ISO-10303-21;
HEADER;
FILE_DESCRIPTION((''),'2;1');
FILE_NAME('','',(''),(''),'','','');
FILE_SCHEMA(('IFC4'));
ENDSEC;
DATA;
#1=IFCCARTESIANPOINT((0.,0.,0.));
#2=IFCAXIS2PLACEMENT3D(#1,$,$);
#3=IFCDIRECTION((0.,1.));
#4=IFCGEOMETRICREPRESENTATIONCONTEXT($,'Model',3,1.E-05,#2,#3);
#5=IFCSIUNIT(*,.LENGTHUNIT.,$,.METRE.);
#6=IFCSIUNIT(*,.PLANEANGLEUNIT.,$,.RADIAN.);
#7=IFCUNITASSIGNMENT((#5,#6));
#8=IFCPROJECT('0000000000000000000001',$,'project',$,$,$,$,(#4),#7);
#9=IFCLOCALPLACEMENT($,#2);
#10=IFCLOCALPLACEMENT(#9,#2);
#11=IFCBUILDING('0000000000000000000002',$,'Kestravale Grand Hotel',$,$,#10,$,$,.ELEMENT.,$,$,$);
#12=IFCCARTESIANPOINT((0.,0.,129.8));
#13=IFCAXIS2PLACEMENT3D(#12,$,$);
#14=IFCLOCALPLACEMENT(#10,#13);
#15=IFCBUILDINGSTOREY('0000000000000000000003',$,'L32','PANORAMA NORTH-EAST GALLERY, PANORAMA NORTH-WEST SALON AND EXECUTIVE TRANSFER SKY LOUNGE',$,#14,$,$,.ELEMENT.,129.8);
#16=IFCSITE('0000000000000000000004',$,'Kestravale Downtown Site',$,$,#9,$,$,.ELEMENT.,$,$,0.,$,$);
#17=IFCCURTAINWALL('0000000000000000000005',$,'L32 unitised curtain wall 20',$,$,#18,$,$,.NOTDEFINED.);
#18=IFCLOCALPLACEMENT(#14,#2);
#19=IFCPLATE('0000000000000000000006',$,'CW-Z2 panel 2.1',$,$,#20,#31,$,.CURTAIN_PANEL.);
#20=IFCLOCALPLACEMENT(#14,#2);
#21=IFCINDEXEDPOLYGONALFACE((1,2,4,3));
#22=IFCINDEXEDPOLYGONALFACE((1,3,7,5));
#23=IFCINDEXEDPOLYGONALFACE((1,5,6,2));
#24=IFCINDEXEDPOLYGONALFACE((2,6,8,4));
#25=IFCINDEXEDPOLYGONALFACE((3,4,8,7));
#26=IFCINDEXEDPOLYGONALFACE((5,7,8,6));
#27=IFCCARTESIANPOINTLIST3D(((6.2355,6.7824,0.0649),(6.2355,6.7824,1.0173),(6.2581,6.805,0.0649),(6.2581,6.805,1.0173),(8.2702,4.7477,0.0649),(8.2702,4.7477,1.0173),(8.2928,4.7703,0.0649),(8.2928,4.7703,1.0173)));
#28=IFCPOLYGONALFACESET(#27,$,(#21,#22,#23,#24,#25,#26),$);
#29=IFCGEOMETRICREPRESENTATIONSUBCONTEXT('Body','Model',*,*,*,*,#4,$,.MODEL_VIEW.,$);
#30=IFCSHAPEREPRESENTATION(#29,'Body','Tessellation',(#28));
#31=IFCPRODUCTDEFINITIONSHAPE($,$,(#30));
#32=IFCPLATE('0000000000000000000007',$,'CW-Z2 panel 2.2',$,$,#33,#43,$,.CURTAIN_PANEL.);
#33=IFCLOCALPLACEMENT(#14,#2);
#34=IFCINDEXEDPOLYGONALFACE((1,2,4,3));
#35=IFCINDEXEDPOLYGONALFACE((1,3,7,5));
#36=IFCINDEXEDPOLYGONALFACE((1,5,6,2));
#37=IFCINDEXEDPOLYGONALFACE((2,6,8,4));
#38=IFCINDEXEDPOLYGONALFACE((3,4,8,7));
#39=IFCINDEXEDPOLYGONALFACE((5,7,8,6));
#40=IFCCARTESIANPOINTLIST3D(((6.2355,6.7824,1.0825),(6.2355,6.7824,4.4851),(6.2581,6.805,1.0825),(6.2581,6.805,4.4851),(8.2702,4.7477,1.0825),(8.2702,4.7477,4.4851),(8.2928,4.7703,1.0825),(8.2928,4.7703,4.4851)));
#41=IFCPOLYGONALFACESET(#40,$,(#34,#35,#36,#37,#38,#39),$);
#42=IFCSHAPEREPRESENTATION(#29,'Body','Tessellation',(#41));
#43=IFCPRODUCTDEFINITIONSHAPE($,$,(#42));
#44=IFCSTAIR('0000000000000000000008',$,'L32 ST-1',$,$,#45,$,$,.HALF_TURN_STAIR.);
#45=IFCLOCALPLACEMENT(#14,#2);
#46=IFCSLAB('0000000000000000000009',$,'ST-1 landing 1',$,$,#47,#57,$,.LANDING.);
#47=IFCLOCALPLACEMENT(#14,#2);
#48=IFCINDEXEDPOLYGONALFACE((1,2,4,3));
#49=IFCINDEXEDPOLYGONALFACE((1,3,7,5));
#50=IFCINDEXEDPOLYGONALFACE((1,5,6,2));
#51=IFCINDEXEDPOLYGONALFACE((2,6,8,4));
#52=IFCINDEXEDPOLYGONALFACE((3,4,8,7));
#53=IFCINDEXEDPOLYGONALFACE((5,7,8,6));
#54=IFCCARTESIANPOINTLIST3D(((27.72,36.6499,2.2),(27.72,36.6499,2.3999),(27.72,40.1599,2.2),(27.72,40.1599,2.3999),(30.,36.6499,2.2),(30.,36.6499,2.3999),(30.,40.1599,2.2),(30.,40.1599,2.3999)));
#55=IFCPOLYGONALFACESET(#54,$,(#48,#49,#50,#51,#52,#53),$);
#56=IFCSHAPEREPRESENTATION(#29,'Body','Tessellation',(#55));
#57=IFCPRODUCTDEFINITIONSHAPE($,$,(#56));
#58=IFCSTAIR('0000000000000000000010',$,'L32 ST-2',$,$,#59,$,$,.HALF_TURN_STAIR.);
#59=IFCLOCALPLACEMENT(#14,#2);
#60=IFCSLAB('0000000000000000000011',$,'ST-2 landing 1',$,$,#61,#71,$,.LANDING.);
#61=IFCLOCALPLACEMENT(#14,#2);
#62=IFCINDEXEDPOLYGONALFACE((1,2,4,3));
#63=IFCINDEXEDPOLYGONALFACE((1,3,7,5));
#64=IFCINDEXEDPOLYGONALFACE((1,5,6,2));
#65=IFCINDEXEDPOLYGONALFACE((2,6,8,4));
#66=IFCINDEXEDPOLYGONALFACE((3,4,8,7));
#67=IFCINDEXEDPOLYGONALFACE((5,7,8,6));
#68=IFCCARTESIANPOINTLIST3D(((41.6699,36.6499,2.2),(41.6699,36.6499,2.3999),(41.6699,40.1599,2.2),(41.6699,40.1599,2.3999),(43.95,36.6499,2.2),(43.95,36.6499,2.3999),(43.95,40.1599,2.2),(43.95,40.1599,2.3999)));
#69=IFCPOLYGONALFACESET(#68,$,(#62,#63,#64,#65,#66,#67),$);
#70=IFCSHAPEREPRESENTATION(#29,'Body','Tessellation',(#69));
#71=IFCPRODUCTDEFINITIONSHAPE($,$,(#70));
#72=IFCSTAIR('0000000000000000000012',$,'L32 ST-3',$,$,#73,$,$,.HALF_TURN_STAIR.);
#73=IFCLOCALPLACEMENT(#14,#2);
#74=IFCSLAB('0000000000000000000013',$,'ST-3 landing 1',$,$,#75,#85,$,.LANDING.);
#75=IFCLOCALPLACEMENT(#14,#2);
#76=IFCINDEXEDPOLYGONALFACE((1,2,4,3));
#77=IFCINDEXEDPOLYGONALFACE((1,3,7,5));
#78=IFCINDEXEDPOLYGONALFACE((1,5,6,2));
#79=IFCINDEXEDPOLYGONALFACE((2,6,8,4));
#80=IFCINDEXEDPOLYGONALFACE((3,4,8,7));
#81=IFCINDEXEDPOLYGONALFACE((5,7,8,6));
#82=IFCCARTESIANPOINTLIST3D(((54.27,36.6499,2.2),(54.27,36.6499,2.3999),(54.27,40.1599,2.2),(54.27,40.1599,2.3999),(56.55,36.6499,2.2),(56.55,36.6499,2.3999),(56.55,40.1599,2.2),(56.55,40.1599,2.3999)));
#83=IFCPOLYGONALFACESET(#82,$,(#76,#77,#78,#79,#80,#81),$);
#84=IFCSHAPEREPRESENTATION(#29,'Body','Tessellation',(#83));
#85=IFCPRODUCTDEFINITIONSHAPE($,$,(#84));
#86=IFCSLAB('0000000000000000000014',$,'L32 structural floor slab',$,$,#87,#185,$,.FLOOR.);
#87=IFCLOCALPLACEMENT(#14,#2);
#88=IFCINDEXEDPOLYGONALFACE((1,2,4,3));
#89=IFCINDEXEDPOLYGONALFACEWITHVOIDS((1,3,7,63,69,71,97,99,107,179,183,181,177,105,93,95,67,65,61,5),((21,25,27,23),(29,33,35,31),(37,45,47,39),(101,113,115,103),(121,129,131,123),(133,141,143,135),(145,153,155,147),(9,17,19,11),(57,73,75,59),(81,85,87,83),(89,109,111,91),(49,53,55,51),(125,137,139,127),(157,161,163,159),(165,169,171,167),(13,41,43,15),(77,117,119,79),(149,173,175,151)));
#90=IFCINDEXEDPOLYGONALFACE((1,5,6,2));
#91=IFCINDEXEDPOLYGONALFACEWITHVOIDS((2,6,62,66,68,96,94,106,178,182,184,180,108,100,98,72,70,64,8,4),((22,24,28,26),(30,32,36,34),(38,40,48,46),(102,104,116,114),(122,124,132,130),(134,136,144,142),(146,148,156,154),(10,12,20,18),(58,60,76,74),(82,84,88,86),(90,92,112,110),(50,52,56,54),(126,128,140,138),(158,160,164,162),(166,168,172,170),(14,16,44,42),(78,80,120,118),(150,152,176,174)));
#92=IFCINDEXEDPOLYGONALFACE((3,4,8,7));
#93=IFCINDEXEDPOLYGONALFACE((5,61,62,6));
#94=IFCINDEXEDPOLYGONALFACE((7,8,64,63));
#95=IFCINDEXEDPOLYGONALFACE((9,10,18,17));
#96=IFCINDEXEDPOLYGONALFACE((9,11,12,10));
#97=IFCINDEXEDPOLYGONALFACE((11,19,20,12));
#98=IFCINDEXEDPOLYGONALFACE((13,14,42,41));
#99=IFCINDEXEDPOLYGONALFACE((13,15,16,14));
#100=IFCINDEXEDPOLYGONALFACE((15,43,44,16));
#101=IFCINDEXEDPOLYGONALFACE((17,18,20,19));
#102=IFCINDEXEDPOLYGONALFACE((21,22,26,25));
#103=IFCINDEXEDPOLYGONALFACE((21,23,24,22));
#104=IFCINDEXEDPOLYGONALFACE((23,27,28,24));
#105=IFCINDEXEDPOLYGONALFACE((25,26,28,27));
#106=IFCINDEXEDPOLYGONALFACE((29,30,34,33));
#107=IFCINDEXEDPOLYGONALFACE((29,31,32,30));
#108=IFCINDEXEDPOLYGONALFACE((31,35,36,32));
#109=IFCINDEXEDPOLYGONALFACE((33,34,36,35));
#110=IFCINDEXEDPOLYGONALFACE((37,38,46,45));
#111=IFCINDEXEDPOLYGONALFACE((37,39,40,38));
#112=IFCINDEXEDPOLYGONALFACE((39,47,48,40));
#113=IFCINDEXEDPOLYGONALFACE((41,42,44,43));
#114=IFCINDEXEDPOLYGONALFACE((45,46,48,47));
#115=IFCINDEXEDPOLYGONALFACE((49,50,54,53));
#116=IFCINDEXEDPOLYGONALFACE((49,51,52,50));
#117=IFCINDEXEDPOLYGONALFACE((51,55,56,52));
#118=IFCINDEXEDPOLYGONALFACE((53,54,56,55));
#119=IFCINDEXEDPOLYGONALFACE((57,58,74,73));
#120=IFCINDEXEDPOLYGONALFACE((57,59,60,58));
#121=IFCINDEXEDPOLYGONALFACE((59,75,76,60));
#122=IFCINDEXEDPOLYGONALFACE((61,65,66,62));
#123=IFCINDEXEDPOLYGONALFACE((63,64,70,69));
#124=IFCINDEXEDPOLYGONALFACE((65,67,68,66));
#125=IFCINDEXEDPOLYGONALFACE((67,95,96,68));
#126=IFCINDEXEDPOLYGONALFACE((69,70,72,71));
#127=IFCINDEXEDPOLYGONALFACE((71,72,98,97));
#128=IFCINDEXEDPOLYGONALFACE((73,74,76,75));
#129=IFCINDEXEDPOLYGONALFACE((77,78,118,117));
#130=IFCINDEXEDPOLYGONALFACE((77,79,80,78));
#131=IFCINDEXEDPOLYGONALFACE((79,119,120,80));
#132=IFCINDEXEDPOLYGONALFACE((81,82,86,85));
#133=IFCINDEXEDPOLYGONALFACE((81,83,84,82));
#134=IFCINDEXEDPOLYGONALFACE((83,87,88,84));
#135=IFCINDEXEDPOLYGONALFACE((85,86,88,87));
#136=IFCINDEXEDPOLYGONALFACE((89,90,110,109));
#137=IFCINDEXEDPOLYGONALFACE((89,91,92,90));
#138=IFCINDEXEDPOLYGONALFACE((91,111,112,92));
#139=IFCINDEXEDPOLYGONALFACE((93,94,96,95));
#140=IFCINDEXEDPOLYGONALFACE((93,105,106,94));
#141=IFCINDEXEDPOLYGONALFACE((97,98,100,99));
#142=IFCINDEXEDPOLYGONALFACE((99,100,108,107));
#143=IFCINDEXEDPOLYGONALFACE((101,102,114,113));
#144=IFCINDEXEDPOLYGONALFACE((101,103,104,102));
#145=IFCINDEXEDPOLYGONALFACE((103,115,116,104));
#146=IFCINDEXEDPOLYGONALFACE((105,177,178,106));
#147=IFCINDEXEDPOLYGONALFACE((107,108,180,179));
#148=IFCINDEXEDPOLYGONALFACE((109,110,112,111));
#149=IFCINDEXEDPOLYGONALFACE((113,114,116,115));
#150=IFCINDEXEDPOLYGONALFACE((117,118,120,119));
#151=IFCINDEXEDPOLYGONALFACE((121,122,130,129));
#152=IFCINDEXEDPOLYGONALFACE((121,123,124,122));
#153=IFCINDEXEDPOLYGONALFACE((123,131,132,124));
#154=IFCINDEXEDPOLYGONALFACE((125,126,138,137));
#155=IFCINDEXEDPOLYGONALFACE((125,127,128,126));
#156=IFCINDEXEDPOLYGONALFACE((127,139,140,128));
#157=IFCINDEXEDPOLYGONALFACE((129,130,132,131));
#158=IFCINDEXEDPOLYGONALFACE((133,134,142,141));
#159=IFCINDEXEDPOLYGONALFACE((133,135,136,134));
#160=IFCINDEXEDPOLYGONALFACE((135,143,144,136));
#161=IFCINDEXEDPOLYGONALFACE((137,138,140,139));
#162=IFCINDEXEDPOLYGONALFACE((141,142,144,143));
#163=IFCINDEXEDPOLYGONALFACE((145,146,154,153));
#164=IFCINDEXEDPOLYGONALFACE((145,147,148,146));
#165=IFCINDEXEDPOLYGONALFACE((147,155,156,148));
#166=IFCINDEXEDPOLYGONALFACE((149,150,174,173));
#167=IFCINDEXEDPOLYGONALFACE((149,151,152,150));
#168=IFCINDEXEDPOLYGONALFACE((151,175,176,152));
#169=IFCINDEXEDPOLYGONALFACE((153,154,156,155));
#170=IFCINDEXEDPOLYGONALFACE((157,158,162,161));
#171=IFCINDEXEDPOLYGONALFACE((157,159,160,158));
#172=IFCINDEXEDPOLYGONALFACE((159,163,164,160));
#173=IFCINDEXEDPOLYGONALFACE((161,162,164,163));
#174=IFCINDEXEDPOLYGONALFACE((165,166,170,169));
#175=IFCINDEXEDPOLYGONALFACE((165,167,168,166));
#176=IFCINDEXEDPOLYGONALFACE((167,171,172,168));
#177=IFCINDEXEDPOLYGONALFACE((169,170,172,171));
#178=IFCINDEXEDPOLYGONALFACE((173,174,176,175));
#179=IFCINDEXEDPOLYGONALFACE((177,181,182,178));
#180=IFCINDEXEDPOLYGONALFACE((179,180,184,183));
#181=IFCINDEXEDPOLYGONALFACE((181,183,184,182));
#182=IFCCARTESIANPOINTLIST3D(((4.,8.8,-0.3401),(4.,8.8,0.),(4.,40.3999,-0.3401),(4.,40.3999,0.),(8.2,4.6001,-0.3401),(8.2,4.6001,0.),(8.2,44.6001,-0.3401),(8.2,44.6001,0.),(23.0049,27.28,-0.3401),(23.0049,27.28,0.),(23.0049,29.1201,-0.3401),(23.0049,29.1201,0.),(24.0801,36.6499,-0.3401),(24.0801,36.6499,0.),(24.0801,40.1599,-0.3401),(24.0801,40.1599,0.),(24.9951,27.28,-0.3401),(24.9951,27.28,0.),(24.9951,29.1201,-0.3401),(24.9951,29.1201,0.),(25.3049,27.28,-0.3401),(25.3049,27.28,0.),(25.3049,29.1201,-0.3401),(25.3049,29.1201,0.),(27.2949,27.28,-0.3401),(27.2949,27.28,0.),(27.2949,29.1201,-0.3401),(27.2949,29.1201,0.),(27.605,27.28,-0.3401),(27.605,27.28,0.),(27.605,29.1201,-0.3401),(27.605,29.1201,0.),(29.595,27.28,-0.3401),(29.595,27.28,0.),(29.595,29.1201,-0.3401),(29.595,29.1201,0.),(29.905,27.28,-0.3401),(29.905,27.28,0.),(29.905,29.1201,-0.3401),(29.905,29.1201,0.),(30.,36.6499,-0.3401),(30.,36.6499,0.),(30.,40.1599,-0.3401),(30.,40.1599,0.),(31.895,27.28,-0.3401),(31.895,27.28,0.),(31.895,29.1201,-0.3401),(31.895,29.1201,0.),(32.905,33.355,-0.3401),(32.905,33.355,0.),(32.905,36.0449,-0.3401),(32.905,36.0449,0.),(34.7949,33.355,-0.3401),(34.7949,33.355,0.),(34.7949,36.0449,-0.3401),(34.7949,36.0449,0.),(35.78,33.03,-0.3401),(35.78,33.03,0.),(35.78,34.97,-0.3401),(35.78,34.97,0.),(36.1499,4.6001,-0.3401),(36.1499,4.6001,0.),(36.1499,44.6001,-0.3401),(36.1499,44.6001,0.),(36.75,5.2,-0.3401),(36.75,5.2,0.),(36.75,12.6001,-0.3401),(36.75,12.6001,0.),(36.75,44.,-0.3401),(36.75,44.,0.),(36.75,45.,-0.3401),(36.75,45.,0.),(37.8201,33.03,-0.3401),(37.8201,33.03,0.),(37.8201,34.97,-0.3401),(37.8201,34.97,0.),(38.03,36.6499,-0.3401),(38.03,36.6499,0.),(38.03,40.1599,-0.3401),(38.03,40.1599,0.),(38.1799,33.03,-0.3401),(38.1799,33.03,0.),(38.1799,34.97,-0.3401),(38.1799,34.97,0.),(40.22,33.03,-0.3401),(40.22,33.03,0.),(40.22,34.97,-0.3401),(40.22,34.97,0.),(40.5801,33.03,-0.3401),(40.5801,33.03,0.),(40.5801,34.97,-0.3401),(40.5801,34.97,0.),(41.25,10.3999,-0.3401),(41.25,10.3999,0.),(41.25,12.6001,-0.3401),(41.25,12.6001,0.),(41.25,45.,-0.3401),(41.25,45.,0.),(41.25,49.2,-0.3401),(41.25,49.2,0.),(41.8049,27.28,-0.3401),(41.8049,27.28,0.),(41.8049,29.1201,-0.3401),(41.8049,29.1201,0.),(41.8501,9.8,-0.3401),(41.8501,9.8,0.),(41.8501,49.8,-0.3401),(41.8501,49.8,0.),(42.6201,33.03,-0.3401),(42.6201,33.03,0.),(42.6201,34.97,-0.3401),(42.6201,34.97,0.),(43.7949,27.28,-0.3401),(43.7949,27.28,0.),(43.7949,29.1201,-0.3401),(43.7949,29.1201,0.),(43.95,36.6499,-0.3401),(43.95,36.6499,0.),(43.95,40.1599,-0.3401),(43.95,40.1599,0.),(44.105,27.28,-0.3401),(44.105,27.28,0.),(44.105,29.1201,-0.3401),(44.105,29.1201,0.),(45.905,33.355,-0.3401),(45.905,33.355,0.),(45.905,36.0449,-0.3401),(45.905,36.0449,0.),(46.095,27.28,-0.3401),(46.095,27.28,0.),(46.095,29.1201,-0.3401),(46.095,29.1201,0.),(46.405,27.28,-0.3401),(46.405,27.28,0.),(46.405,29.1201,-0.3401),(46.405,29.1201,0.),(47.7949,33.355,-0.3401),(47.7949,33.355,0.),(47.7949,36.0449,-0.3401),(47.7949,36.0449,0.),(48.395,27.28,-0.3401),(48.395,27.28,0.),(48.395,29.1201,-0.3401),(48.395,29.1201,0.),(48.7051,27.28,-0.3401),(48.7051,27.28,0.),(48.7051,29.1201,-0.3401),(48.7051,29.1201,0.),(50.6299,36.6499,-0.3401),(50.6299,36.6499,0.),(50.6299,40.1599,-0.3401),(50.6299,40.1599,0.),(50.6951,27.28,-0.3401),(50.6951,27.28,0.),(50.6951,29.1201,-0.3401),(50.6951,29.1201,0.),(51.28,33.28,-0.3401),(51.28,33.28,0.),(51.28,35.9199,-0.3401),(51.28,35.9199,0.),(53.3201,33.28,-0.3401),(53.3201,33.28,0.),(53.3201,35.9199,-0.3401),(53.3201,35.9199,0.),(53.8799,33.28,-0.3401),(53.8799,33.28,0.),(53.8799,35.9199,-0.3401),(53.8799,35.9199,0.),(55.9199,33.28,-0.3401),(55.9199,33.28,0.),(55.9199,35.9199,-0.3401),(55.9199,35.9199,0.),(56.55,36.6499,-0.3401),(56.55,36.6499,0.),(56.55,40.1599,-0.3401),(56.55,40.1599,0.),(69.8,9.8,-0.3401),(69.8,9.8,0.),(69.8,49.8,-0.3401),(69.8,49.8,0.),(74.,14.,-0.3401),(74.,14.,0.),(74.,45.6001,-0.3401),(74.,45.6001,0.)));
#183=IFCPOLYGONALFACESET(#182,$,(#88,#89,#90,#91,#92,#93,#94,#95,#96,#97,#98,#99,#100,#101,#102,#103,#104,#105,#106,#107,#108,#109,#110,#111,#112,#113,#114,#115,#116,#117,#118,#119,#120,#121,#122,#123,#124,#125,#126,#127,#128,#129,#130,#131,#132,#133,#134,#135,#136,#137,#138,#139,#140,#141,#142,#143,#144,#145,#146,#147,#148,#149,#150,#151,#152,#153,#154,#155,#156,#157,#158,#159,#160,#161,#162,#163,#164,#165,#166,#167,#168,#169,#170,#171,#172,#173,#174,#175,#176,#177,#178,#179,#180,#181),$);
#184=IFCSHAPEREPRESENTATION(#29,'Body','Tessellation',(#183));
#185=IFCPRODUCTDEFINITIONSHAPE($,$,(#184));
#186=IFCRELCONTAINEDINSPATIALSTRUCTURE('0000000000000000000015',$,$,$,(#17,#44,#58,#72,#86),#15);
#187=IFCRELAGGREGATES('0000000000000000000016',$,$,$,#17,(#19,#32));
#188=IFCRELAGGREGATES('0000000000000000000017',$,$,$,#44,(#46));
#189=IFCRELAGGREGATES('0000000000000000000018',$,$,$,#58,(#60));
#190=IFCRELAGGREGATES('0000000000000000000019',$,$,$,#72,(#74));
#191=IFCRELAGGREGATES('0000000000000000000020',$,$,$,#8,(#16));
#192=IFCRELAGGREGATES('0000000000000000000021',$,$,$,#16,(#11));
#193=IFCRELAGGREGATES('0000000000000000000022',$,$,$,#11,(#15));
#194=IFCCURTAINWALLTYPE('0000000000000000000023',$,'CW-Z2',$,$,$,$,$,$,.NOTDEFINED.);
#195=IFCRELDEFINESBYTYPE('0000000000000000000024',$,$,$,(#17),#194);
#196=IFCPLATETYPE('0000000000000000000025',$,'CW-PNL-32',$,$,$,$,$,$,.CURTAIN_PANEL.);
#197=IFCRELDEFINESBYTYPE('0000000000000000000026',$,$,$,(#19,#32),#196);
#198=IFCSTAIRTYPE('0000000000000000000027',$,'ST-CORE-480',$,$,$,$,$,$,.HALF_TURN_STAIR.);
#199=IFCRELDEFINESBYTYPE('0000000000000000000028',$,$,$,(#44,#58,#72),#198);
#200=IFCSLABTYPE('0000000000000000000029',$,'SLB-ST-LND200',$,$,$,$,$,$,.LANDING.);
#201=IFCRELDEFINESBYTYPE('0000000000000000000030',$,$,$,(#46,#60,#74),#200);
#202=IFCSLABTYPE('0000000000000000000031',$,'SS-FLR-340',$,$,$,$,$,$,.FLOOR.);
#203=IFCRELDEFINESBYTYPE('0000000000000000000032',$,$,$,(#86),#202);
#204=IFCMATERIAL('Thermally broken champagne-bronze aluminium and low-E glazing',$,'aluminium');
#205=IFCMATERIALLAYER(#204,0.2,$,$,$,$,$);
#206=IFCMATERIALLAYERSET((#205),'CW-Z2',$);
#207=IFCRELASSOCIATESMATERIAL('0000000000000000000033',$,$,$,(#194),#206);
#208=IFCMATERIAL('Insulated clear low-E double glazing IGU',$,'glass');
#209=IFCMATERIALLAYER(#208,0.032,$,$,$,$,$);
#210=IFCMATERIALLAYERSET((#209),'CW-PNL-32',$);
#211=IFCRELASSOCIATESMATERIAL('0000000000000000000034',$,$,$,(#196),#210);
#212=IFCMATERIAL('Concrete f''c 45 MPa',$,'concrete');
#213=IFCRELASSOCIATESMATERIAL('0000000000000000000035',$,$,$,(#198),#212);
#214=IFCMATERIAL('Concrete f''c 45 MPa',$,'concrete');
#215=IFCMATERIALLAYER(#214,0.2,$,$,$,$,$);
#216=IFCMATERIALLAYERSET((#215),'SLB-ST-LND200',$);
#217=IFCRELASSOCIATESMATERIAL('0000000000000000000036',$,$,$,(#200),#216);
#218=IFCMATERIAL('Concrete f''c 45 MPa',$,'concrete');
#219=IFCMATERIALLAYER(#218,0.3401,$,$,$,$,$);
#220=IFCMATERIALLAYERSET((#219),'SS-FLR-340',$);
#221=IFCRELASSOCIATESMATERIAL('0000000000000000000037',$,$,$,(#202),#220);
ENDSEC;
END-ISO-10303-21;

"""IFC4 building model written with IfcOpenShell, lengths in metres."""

from ifc_helpers import new_model, si_unit, direction, frame, origin, origin_2d, place, context, subcontext, project, spatial, polyline, rectangle, outline, extrude, material, layer, layer_set, type_object, element, aggregate, save


model = new_model("IFC4")

# Units and contexts
model_context = context("Model", 3, precision=1e-05, world=origin(), true_north=direction((0.0, 1.0)))
body_context = subcontext(model_context, "Body", "Model", "MODEL_VIEW")
ifc_project = project(units=[si_unit("LENGTHUNIT", "METRE"), si_unit("PLANEANGLEUNIT", "RADIAN")], contexts=[model_context])

# Site, building, storey
site_placement = place(None, origin())
site = spatial("IfcSite", under=ifc_project, at=site_placement, Name="Kestravale Downtown Site", CompositionType="ELEMENT", RefElevation=0.0)
building_placement = place(site_placement, origin())
building = spatial("IfcBuilding", under=site, at=building_placement, Name="Kestravale Grand Hotel", CompositionType="ELEMENT")
storey_placement = place(building_placement, frame((0.0, 0.0, 129.8)))
storey = spatial("IfcBuildingStorey", under=building, at=storey_placement, Name="L32", Description="PANORAMA NORTH-EAST GALLERY, PANORAMA NORTH-WEST SALON AND EXECUTIVE TRANSFER SKY LOUNGE", CompositionType="ELEMENT", Elevation=129.8)

# Curtain wall, plates
ifc_material_1 = material(Name="Thermally broken champagne-bronze aluminium and low-E glazing", Category="aluminium")
ifc_layer_1 = layer(ifc_material_1, 0.2)
ifc_layer_set_1 = layer_set([ifc_layer_1], Name="CW-Z2")
curtain_wall_type = type_object("IfcCurtainWallType", Name="CW-Z2", PredefinedType="NOTDEFINED", material=ifc_layer_set_1)
curtain_wall_placement = place(storey_placement, origin())
curtain_wall = element("IfcCurtainWall", 1, at=curtain_wall_placement, inside=storey, type_object=curtain_wall_type, Name="L32 unitised curtain wall 20", PredefinedType="NOTDEFINED")
ifc_material_2 = material(Name="Insulated clear low-E double glazing IGU", Category="glass")
ifc_layer_2 = layer(ifc_material_2, 0.032)
ifc_layer_set_2 = layer_set([ifc_layer_2], Name="CW-PNL-32")
plate_type = type_object("IfcPlateType", Name="CW-PNL-32", PredefinedType="CURTAIN_PANEL", material=ifc_layer_set_2)
plate_1_placement = place(storey_placement, frame((7.2642, 5.7764, 0.0649), z_axis=(0.0, 0.0, 1.0), x_axis=(0.707107, -0.707107, 0.0)))
plate_1 = element("IfcPlate", 2, at=plate_1_placement, type_object=plate_type, Name="CW-Z2 panel 2.1", PredefinedType="CURTAIN_PANEL", context=body_context, shape_type="SweptSolid", body=[
    extrude(rectangle(XDim=2.8774, YDim=0.032, at=origin_2d()), origin(), (0.0, 0.0, 1.0), 0.9524),
])
plate_2_placement = place(storey_placement, frame((7.2642, 5.7764, 1.0825), z_axis=(0.0, 0.0, 1.0), x_axis=(0.707107, -0.707107, 0.0)))
plate_2 = element("IfcPlate", 3, at=plate_2_placement, type_object=plate_type, Name="CW-Z2 panel 2.2", PredefinedType="CURTAIN_PANEL", context=body_context, shape_type="SweptSolid", body=[
    extrude(rectangle(XDim=2.8774, YDim=0.032, at=origin_2d()), origin(), (0.0, 0.0, 1.0), 3.4026),
])
aggregate(curtain_wall, [plate_1, plate_2])

# Stairs, slabs
ifc_material_3 = material(Name="Concrete f'c 45 MPa", Category="concrete")
stair_type = type_object("IfcStairType", Name="ST-CORE-480", PredefinedType="HALF_TURN_STAIR", material=ifc_material_3)
stair_1_placement = place(storey_placement, origin())
stair_1 = element("IfcStair", 4, at=stair_1_placement, inside=storey, type_object=stair_type, Name="L32 ST-1", PredefinedType="HALF_TURN_STAIR")
ifc_material_4 = material(Name="Concrete f'c 45 MPa", Category="concrete")
ifc_layer_3 = layer(ifc_material_4, 0.2)
ifc_layer_set_3 = layer_set([ifc_layer_3], Name="SLB-ST-LND200")
slab_type_1 = type_object("IfcSlabType", Name="SLB-ST-LND200", PredefinedType="LANDING", material=ifc_layer_set_3)
slab_1_placement = place(storey_placement, frame((0.0, 0.0, 2.2)))
slab_1 = element("IfcSlab", 5, at=slab_1_placement, type_object=slab_type_1, Name="ST-1 landing 1", PredefinedType="LANDING", context=body_context, shape_type="SweptSolid", body=[
    extrude(outline(polyline([(27.72, 36.6499), (30.0, 36.6499), (30.0, 40.1599), (27.72, 40.1599), (27.72, 36.6499)])), origin(), (0.0, 0.0, 1.0), 0.2),
])
aggregate(stair_1, [slab_1])
stair_2_placement = place(storey_placement, origin())
stair_2 = element("IfcStair", 6, at=stair_2_placement, inside=storey, type_object=stair_type, Name="L32 ST-2", PredefinedType="HALF_TURN_STAIR")
slab_2_placement = place(storey_placement, frame((0.0, 0.0, 2.2)))
slab_2 = element("IfcSlab", 7, at=slab_2_placement, type_object=slab_type_1, Name="ST-2 landing 1", PredefinedType="LANDING", context=body_context, shape_type="SweptSolid", body=[
    extrude(outline(polyline([(41.6699, 36.6499), (43.95, 36.6499), (43.95, 40.1599), (41.6699, 40.1599), (41.6699, 36.6499)])), origin(), (0.0, 0.0, 1.0), 0.2),
])
aggregate(stair_2, [slab_2])
stair_3_placement = place(storey_placement, origin())
stair_3 = element("IfcStair", 8, at=stair_3_placement, inside=storey, type_object=stair_type, Name="L32 ST-3", PredefinedType="HALF_TURN_STAIR")
slab_3_placement = place(storey_placement, frame((0.0, 0.0, 2.2)))
slab_3 = element("IfcSlab", 9, at=slab_3_placement, type_object=slab_type_1, Name="ST-3 landing 1", PredefinedType="LANDING", context=body_context, shape_type="SweptSolid", body=[
    extrude(outline(polyline([(54.27, 36.6499), (56.55, 36.6499), (56.55, 40.1599), (54.27, 40.1599), (54.27, 36.6499)])), origin(), (0.0, 0.0, 1.0), 0.2),
])
aggregate(stair_3, [slab_3])

# Slab
ifc_material_5 = material(Name="Concrete f'c 45 MPa", Category="concrete")
ifc_layer_4 = layer(ifc_material_5, 0.3401)
ifc_layer_set_4 = layer_set([ifc_layer_4], Name="SS-FLR-340")
slab_type_2 = type_object("IfcSlabType", Name="SS-FLR-340", PredefinedType="FLOOR", material=ifc_layer_set_4)
slab_4_placement = place(storey_placement, frame((0.0, 0.0, -0.3401)))
element("IfcSlab", 10, at=slab_4_placement, inside=storey, type_object=slab_type_2, Name="L32 structural floor slab", PredefinedType="FLOOR", context=body_context, shape_type="SweptSolid", body=[
    extrude(outline(polyline([(8.2, 4.6001), (36.1499, 4.6001), (36.75, 5.2), (36.75, 12.6001), (41.25, 12.6001), (41.25, 10.3999), (41.8501, 9.8), (69.8, 9.8), (74.0, 14.0), (74.0, 45.6001), (69.8, 49.8), (41.8501, 49.8), (41.25, 49.2), (41.25, 45.0), (36.75, 45.0), (36.75, 44.0), (36.1499, 44.6001), (8.2, 44.6001), (4.0, 40.3999), (4.0, 8.8), (8.2, 4.6001)]), holes=[polyline([(24.0801, 36.6499), (30.0, 36.6499), (30.0, 40.1599), (24.0801, 40.1599), (24.0801, 36.6499)]), polyline([(38.03, 36.6499), (43.95, 36.6499), (43.95, 40.1599), (38.03, 40.1599), (38.03, 36.6499)]), polyline([(50.6299, 36.6499), (56.55, 36.6499), (56.55, 40.1599), (50.6299, 40.1599), (50.6299, 36.6499)]), polyline([(23.0049, 27.28), (24.9951, 27.28), (24.9951, 29.1201), (23.0049, 29.1201), (23.0049, 27.28)]), polyline([(25.3049, 27.28), (27.2949, 27.28), (27.2949, 29.1201), (25.3049, 29.1201), (25.3049, 27.28)]), polyline([(27.605, 27.28), (29.595, 27.28), (29.595, 29.1201), (27.605, 29.1201), (27.605, 27.28)]), polyline([(29.905, 27.28), (31.895, 27.28), (31.895, 29.1201), (29.905, 29.1201), (29.905, 27.28)]), polyline([(41.8049, 27.28), (43.7949, 27.28), (43.7949, 29.1201), (41.8049, 29.1201), (41.8049, 27.28)]), polyline([(44.105, 27.28), (46.095, 27.28), (46.095, 29.1201), (44.105, 29.1201), (44.105, 27.28)]), polyline([(46.405, 27.28), (48.395, 27.28), (48.395, 29.1201), (46.405, 29.1201), (46.405, 27.28)]), polyline([(48.7051, 27.28), (50.6951, 27.28), (50.6951, 29.1201), (48.7051, 29.1201), (48.7051, 27.28)]), polyline([(35.78, 33.03), (37.8201, 33.03), (37.8201, 34.97), (35.78, 34.97), (35.78, 33.03)]), polyline([(38.1799, 33.03), (40.22, 33.03), (40.22, 34.97), (38.1799, 34.97), (38.1799, 33.03)]), polyline([(40.5801, 33.03), (42.6201, 33.03), (42.6201, 34.97), (40.5801, 34.97), (40.5801, 33.03)]), polyline([(32.905, 33.355), (34.7949, 33.355), (34.7949, 36.0449), (32.905, 36.0449), (32.905, 33.355)]), polyline([(45.905, 33.355), (47.7949, 33.355), (47.7949, 36.0449), (45.905, 36.0449), (45.905, 33.355)]), polyline([(51.28, 33.28), (53.3201, 33.28), (53.3201, 35.9199), (51.28, 35.9199), (51.28, 33.28)]), polyline([(53.8799, 33.28), (55.9199, 33.28), (55.9199, 35.9199), (53.8799, 35.9199), (53.8799, 33.28)])]), origin(), (0.0, 0.0, 1.0), 0.3401),
])

save(model, "model.ifc")
